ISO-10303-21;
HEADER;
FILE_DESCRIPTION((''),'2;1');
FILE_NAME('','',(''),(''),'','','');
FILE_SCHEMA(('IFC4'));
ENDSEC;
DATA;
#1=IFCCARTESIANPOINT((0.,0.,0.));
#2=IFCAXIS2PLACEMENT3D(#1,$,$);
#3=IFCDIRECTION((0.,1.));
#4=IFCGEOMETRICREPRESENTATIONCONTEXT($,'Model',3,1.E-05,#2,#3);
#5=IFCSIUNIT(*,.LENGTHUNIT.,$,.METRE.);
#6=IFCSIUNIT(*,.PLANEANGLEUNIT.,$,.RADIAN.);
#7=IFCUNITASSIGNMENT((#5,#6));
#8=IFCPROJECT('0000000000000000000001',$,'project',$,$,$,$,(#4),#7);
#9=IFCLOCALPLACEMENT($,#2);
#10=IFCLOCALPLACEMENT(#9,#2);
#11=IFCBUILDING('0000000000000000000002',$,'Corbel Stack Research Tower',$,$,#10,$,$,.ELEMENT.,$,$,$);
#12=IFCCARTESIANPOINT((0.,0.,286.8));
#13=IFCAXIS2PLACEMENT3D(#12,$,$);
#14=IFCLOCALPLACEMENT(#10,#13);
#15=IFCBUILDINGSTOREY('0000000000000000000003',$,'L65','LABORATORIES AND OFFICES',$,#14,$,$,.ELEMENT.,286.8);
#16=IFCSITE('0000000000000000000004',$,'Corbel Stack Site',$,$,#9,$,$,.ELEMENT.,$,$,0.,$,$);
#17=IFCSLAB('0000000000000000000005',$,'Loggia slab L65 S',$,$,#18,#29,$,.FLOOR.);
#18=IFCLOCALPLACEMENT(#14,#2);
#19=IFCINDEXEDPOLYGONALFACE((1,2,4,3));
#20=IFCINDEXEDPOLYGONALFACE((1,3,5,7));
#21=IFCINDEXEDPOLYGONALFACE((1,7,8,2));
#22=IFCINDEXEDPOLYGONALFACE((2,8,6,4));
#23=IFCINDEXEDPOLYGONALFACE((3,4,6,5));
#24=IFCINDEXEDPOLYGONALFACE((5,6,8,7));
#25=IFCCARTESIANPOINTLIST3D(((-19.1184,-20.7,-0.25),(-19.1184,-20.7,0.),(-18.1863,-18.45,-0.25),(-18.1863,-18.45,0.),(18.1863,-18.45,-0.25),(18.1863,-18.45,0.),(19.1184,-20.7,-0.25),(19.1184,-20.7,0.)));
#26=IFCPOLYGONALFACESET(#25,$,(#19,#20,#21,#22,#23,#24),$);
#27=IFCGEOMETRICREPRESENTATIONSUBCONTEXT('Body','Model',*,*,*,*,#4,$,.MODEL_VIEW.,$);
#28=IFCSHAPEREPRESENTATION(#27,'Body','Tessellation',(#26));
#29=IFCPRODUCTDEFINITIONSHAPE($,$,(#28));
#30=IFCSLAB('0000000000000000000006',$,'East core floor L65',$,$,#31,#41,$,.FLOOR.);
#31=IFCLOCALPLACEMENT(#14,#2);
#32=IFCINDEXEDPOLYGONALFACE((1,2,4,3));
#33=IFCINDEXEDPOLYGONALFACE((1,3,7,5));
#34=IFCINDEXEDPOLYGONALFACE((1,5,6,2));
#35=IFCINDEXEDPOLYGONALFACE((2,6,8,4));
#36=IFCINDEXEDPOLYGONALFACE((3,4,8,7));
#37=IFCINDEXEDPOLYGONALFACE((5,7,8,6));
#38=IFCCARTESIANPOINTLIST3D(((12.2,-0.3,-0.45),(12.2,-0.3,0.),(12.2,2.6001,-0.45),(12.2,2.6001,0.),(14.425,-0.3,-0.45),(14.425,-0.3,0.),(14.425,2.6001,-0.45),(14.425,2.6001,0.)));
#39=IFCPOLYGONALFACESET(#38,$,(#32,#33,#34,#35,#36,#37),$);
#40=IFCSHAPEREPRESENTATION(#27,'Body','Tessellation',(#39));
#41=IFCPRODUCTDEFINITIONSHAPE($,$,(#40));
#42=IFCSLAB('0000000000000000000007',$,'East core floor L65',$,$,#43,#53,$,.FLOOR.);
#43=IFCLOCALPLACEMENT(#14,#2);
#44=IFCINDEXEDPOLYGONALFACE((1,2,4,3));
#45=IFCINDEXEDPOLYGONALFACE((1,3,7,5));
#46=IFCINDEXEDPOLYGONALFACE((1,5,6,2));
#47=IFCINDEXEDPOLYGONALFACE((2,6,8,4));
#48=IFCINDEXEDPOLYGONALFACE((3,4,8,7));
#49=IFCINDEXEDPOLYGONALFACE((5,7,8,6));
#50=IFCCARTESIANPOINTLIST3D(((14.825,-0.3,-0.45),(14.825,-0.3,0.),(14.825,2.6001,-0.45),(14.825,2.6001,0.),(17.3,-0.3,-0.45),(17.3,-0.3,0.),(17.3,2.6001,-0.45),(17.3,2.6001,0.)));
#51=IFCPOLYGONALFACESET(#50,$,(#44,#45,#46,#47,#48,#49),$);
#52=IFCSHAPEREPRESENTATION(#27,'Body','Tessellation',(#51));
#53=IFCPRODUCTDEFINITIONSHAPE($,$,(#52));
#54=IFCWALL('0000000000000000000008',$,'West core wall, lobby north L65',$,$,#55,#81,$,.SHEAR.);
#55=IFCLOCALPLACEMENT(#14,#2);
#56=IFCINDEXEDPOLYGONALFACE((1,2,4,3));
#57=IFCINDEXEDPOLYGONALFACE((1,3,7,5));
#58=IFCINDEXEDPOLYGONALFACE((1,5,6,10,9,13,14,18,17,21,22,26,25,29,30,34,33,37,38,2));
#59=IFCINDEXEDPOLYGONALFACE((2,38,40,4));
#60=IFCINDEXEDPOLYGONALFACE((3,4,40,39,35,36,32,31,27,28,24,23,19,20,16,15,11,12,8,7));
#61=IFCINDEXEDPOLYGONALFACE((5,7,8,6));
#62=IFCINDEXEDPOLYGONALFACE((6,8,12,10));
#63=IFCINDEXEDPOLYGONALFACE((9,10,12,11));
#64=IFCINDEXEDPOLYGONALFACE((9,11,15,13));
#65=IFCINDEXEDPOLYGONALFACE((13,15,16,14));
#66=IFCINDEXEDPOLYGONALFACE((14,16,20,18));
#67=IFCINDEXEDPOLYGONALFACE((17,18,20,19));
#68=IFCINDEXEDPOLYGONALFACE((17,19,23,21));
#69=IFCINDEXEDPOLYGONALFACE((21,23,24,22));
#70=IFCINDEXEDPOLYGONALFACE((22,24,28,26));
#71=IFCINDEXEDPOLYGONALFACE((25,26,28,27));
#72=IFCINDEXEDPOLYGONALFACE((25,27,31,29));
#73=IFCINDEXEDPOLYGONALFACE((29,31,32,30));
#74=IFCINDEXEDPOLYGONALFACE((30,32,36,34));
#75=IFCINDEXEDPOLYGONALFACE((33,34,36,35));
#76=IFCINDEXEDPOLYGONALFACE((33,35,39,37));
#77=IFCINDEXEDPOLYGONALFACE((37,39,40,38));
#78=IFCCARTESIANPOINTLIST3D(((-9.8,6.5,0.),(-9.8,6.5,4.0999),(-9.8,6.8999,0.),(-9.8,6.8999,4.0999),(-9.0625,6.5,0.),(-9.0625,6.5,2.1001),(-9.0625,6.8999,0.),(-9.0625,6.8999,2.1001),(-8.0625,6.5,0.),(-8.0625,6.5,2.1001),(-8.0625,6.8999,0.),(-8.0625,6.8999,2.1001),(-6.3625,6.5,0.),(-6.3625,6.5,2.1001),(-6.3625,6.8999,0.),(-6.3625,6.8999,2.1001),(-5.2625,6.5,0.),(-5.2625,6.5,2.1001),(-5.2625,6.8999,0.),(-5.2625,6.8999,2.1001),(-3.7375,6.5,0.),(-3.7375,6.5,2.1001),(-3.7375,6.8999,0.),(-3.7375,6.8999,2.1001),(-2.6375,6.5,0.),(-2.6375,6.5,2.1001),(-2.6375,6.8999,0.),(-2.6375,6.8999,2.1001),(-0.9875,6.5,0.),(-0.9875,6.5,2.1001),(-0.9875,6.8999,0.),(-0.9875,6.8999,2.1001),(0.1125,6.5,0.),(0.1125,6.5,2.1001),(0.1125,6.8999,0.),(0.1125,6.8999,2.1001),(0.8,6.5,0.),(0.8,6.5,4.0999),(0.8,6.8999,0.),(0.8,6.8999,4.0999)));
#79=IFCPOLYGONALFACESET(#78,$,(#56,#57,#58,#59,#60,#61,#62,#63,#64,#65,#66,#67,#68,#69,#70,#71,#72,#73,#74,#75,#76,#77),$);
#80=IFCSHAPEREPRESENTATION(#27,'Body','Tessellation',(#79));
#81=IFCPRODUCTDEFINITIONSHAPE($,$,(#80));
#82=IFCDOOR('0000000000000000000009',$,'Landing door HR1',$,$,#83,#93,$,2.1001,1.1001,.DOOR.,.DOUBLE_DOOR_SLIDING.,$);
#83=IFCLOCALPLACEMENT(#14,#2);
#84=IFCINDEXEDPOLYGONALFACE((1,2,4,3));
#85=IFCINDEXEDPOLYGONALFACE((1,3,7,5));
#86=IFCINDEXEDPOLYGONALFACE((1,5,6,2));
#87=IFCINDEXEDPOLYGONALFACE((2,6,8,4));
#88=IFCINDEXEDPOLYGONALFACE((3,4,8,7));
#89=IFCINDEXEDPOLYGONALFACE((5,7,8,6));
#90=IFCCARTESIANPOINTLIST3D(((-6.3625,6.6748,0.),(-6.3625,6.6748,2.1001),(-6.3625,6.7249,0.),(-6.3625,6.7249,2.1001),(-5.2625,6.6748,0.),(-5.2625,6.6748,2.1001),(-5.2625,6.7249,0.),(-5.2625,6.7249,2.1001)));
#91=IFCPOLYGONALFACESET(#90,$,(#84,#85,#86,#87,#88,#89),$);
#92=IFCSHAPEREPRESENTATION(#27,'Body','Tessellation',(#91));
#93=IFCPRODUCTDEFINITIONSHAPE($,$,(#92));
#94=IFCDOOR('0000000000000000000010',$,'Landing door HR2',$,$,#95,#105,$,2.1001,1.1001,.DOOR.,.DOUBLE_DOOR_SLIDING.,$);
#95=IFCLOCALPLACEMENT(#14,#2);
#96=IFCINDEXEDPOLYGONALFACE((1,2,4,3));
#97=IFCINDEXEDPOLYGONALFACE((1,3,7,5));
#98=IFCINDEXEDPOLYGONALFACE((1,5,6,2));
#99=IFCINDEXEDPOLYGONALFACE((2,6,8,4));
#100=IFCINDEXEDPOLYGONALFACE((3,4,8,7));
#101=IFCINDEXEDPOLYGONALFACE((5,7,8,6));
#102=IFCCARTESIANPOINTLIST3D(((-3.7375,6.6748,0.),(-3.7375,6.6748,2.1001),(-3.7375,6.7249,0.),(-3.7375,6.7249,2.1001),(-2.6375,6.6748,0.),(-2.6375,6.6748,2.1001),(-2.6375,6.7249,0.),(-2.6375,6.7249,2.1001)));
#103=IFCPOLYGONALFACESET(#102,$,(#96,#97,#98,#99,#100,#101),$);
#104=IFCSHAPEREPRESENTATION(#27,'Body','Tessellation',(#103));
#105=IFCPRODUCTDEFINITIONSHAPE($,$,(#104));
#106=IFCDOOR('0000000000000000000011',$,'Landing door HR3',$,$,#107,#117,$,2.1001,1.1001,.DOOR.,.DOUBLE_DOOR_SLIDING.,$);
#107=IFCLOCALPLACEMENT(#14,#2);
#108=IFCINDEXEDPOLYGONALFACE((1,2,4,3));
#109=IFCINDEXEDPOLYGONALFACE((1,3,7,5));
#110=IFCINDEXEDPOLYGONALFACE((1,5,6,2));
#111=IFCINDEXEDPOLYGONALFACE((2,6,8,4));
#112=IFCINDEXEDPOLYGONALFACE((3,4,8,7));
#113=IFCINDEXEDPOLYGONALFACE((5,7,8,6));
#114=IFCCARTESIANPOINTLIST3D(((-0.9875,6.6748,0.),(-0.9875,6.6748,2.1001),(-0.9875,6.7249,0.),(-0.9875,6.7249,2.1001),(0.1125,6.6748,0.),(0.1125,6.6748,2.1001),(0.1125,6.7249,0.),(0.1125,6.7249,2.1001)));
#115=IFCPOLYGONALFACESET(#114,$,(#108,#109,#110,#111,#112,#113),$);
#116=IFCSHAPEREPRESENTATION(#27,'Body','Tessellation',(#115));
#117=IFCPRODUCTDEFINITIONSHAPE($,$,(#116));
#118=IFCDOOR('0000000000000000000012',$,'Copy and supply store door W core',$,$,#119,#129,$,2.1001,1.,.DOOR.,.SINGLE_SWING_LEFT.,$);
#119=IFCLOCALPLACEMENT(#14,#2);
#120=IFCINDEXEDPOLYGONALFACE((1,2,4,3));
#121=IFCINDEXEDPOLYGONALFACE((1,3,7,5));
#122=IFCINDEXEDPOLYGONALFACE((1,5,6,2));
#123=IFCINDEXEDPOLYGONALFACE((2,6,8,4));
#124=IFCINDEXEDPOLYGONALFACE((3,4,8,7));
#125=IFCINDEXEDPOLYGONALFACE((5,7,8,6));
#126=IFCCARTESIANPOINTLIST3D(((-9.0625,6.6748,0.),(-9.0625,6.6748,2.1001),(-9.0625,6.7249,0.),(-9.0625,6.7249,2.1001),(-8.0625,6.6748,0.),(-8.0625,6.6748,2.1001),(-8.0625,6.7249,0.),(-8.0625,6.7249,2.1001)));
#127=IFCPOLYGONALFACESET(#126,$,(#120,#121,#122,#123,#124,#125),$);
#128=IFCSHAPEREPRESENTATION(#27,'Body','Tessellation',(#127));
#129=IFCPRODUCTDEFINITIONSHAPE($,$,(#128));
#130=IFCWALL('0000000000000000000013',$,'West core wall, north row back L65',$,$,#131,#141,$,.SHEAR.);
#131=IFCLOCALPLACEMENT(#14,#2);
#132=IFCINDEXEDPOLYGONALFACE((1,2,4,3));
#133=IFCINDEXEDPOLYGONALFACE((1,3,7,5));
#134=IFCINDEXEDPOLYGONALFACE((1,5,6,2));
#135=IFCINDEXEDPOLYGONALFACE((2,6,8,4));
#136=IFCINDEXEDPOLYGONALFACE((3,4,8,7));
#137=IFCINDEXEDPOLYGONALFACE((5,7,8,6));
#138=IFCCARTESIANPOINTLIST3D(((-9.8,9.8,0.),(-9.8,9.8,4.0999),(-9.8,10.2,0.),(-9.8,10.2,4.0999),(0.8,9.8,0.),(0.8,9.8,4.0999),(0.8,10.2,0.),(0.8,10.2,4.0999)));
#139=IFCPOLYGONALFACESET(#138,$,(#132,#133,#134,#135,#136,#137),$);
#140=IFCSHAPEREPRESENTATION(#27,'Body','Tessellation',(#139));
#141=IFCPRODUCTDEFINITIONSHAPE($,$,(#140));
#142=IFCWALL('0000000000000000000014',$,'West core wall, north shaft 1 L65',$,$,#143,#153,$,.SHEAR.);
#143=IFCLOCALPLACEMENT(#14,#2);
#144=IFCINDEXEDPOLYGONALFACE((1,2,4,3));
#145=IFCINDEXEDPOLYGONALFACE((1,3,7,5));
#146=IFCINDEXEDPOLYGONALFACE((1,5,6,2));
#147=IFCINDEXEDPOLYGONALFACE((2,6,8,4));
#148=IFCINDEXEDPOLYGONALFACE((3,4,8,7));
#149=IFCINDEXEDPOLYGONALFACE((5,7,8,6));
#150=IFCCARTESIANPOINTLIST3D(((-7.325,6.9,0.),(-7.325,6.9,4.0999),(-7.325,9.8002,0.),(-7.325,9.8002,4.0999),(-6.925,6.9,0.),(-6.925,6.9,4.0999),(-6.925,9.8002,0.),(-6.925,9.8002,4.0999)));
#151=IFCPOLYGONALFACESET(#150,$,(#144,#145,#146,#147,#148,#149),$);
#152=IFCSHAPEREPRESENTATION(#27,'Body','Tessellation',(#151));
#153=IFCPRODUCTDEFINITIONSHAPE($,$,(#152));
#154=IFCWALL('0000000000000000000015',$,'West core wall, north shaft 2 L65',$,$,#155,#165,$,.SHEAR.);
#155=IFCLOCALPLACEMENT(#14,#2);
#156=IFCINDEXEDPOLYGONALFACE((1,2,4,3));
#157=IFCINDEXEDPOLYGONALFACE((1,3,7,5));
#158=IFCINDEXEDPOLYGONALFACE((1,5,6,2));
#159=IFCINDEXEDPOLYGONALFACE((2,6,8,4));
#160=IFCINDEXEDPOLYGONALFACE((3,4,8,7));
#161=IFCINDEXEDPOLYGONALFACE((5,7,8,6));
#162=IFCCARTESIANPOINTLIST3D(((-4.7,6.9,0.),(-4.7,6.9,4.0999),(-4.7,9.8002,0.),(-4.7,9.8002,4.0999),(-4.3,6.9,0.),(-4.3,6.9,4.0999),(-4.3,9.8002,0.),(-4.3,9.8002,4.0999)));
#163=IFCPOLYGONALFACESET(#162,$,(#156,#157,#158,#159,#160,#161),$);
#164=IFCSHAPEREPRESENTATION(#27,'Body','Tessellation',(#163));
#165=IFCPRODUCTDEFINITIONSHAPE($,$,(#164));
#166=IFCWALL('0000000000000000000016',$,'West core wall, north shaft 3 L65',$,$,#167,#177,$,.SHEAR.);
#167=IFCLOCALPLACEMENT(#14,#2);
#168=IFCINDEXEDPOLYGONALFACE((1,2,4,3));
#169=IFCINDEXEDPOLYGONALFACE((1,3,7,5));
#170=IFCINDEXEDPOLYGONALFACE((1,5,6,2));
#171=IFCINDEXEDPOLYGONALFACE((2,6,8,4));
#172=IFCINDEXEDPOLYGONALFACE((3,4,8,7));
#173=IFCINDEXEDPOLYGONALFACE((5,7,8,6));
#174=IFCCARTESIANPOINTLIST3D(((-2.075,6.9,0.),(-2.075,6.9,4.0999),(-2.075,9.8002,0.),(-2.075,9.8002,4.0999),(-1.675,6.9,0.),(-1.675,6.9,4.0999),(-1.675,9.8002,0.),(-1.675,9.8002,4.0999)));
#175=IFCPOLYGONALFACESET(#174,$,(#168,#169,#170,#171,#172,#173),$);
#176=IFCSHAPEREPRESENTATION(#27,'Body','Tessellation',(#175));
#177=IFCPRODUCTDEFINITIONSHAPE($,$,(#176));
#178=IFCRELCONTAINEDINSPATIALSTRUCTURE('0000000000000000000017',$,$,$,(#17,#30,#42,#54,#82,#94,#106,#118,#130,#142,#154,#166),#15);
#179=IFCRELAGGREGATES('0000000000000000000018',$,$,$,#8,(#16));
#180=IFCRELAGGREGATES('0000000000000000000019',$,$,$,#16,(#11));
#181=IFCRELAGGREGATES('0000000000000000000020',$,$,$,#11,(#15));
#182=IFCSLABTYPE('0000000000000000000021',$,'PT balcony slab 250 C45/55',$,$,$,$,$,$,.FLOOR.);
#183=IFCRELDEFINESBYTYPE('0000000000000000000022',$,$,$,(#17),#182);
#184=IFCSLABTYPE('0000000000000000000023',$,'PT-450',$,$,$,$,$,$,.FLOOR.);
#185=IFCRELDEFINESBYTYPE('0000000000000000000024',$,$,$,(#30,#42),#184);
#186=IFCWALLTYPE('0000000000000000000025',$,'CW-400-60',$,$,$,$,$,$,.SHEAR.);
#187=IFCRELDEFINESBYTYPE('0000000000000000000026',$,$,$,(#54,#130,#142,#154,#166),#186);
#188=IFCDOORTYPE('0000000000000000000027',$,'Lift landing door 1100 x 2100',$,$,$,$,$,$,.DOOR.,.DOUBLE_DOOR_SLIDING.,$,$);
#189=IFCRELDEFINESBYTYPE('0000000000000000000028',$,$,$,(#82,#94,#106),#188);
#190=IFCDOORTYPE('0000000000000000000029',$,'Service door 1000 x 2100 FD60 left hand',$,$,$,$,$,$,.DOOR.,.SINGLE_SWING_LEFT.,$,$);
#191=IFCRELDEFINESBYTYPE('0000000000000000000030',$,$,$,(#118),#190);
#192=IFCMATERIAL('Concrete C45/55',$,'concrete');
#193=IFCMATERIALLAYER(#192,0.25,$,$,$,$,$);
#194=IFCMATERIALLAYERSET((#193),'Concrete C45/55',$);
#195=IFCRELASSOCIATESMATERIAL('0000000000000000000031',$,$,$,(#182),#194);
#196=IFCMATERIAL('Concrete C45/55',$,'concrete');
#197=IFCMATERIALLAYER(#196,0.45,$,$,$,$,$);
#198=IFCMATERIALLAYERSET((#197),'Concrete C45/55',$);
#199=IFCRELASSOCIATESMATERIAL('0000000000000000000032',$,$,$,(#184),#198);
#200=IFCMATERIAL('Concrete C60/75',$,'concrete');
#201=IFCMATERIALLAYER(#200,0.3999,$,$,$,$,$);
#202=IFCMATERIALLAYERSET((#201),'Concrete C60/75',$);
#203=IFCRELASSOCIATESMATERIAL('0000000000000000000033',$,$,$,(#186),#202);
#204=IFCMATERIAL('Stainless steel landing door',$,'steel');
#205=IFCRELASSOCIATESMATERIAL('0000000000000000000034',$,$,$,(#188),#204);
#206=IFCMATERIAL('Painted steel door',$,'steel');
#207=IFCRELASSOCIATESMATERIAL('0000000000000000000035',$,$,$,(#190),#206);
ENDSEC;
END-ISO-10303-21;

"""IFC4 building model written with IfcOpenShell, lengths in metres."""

from ifc_helpers import new_model, si_unit, direction, frame, frame_2d, origin, place, context, subcontext, project, spatial, polyline, rectangle, outline, extrude, material, layer, layer_set, type_object, element, fill, save


model = new_model("IFC4")

# Units and contexts
model_context = context("Model", 3, precision=1e-05, world=origin(), true_north=direction((0.0, 1.0)))
body_context = subcontext(model_context, "Body", "Model", "MODEL_VIEW")
ifc_project = project(units=[si_unit("LENGTHUNIT", "METRE"), si_unit("PLANEANGLEUNIT", "RADIAN")], contexts=[model_context])

# Site, building, storey
site_placement = place(None, origin())
site = spatial("IfcSite", under=ifc_project, at=site_placement, Name="Corbel Stack Site", CompositionType="ELEMENT", RefElevation=0.0)
building_placement = place(site_placement, origin())
building = spatial("IfcBuilding", under=site, at=building_placement, Name="Corbel Stack Research Tower", CompositionType="ELEMENT")
storey_placement = place(building_placement, frame((0.0, 0.0, 286.8)))
storey = spatial("IfcBuildingStorey", under=building, at=storey_placement, Name="L65", Description="LABORATORIES AND OFFICES", CompositionType="ELEMENT", Elevation=286.8)

# Slabs
ifc_material_1 = material(Name="Concrete C45/55", Category="concrete")
ifc_layer_1 = layer(ifc_material_1, 0.25)
ifc_layer_set_1 = layer_set([ifc_layer_1], Name="Concrete C45/55")
slab_type_1 = type_object("IfcSlabType", Name="PT balcony slab 250 C45/55", PredefinedType="FLOOR", material=ifc_layer_set_1)
slab_1_placement = place(storey_placement, frame((0.0, 0.0, -0.25)))
element("IfcSlab", 1, at=slab_1_placement, inside=storey, type_object=slab_type_1, Name="Loggia slab L65 S", PredefinedType="FLOOR", context=body_context, shape_type="SweptSolid", body=[
    extrude(outline(polyline([(18.1863, -18.45), (-18.1863, -18.45), (-19.1184, -20.7), (19.1184, -20.7), (18.1863, -18.45)])), origin(), (0.0, 0.0, 1.0), 0.25),
])
ifc_material_2 = material(Name="Concrete C45/55", Category="concrete")
ifc_layer_2 = layer(ifc_material_2, 0.45)
ifc_layer_set_2 = layer_set([ifc_layer_2], Name="Concrete C45/55")
slab_type_2 = type_object("IfcSlabType", Name="PT-450", PredefinedType="FLOOR", material=ifc_layer_set_2)
slab_2_placement = place(storey_placement, frame((0.0, 0.0, -0.45)))
element("IfcSlab", 2, at=slab_2_placement, inside=storey, type_object=slab_type_2, Name="East core floor L65", PredefinedType="FLOOR", context=body_context, shape_type="SweptSolid", body=[
    extrude(outline(polyline([(12.2, 2.6001), (12.2, -0.3), (14.425, -0.3), (14.425, 2.6001), (12.2, 2.6001)])), origin(), (0.0, 0.0, 1.0), 0.45),
])
slab_3_placement = place(storey_placement, frame((0.0, 0.0, -0.45)))
element("IfcSlab", 3, at=slab_3_placement, inside=storey, type_object=slab_type_2, Name="East core floor L65", PredefinedType="FLOOR", context=body_context, shape_type="SweptSolid", body=[
    extrude(outline(polyline([(14.825, 2.6001), (14.825, -0.3), (17.3, -0.3), (17.3, 2.6001), (14.825, 2.6001)])), origin(), (0.0, 0.0, 1.0), 0.45),
])

# Wall, openings, doors
ifc_material_3 = material(Name="Concrete C60/75", Category="concrete")
ifc_layer_3 = layer(ifc_material_3, 0.3999)
ifc_layer_set_3 = layer_set([ifc_layer_3], Name="Concrete C60/75")
wall_type_1 = type_object("IfcWallType", Name="CW-400-60", PredefinedType="SHEAR", material=ifc_layer_set_3)
wall_1_placement = place(storey_placement, frame((-9.8, 6.7, 0.0), z_axis=(0.0, 0.0, 1.0), x_axis=(1.0, 0.0, 0.0)))
wall_1 = element("IfcWall", 4, at=wall_1_placement, inside=storey, type_object=wall_type_1, Name="West core wall, lobby north L65", PredefinedType="SHEAR", context=body_context, shape_type="SweptSolid", body=[
    extrude(rectangle(XDim=10.6001, YDim=0.3999, at=frame_2d((5.3, 0.0))), origin(), (0.0, 0.0, 1.0), 4.0999),
])
opening_1_placement = place(wall_1_placement, frame((3.4375, 0.0, 0.0)))
opening_1 = element("IfcOpeningElement", 5, at=opening_1_placement, cuts=wall_1, PredefinedType="OPENING", context=body_context, shape_type="SweptSolid", body=[
    extrude(rectangle(XDim=1.1001, YDim=2.1001, at=frame_2d((0.55, 1.05))), frame((0.0, 0.21, 0.0), z_axis=(0.0, -1.0, 0.0), x_axis=(1.0, 0.0, 0.0)), (0.0, 0.0, 1.0), 0.4199),
])
opening_2_placement = place(wall_1_placement, frame((6.0625, 0.0, 0.0)))
opening_2 = element("IfcOpeningElement", 6, at=opening_2_placement, cuts=wall_1, PredefinedType="OPENING", context=body_context, shape_type="SweptSolid", body=[
    extrude(rectangle(XDim=1.1001, YDim=2.1001, at=frame_2d((0.55, 1.05))), frame((0.0, 0.21, 0.0), z_axis=(0.0, -1.0, 0.0), x_axis=(1.0, 0.0, 0.0)), (0.0, 0.0, 1.0), 0.4199),
])
opening_3_placement = place(wall_1_placement, frame((8.8125, 0.0, 0.0)))
opening_3 = element("IfcOpeningElement", 7, at=opening_3_placement, cuts=wall_1, PredefinedType="OPENING", context=body_context, shape_type="SweptSolid", body=[
    extrude(rectangle(XDim=1.1001, YDim=2.1001, at=frame_2d((0.55, 1.05))), frame((0.0, 0.21, 0.0), z_axis=(0.0, -1.0, 0.0), x_axis=(1.0, 0.0, 0.0)), (0.0, 0.0, 1.0), 0.4199),
])
opening_4_placement = place(wall_1_placement, frame((0.7375, 0.0, 0.0)))
opening_4 = element("IfcOpeningElement", 8, at=opening_4_placement, cuts=wall_1, PredefinedType="OPENING", context=body_context, shape_type="SweptSolid", body=[
    extrude(rectangle(XDim=1.0, YDim=2.1001, at=frame_2d((0.5, 1.05))), frame((0.0, 0.21, 0.0), z_axis=(0.0, -1.0, 0.0), x_axis=(1.0, 0.0, 0.0)), (0.0, 0.0, 1.0), 0.4199),
])
ifc_material_4 = material(Name="Stainless steel landing door", Category="steel")
door_type_1 = type_object("IfcDoorType", Name="Lift landing door 1100 x 2100", OperationType="DOUBLE_DOOR_SLIDING", PredefinedType="DOOR", material=ifc_material_4)
door_1_placement = place(opening_1_placement, origin())
door_1 = element("IfcDoor", 9, at=door_1_placement, inside=storey, type_object=door_type_1, Name="Landing door HR1", OperationType="DOUBLE_DOOR_SLIDING", OverallHeight=2.1001, OverallWidth=1.1001, PredefinedType="DOOR", context=body_context, shape_type="SweptSolid", body=[
    extrude(rectangle(XDim=1.1001, YDim=2.1001, at=frame_2d((0.55, 1.05))), frame((0.0, 0.0249, 0.0), z_axis=(0.0, -1.0, 0.0), x_axis=(1.0, 0.0, 0.0)), (0.0, 0.0, 1.0), 0.05),
])
fill(opening_1, door_1)
door_2_placement = place(opening_2_placement, origin())
door_2 = element("IfcDoor", 10, at=door_2_placement, inside=storey, type_object=door_type_1, Name="Landing door HR2", OperationType="DOUBLE_DOOR_SLIDING", OverallHeight=2.1001, OverallWidth=1.1001, PredefinedType="DOOR", context=body_context, shape_type="SweptSolid", body=[
    extrude(rectangle(XDim=1.1001, YDim=2.1001, at=frame_2d((0.55, 1.05))), frame((0.0, 0.0249, 0.0), z_axis=(0.0, -1.0, 0.0), x_axis=(1.0, 0.0, 0.0)), (0.0, 0.0, 1.0), 0.05),
])
fill(opening_2, door_2)
door_3_placement = place(opening_3_placement, origin())
door_3 = element("IfcDoor", 11, at=door_3_placement, inside=storey, type_object=door_type_1, Name="Landing door HR3", OperationType="DOUBLE_DOOR_SLIDING", OverallHeight=2.1001, OverallWidth=1.1001, PredefinedType="DOOR", context=body_context, shape_type="SweptSolid", body=[
    extrude(rectangle(XDim=1.1001, YDim=2.1001, at=frame_2d((0.55, 1.05))), frame((0.0, 0.0249, 0.0), z_axis=(0.0, -1.0, 0.0), x_axis=(1.0, 0.0, 0.0)), (0.0, 0.0, 1.0), 0.05),
])
fill(opening_3, door_3)
ifc_material_5 = material(Name="Painted steel door", Category="steel")
door_type_2 = type_object("IfcDoorType", Name="Service door 1000 x 2100 FD60 left hand", OperationType="SINGLE_SWING_LEFT", PredefinedType="DOOR", material=ifc_material_5)
door_4_placement = place(opening_4_placement, origin())
door_4 = element("IfcDoor", 12, at=door_4_placement, inside=storey, type_object=door_type_2, Name="Copy and supply store door W core", OperationType="SINGLE_SWING_LEFT", OverallHeight=2.1001, OverallWidth=1.0, PredefinedType="DOOR", context=body_context, shape_type="SweptSolid", body=[
    extrude(rectangle(XDim=1.0, YDim=2.1001, at=frame_2d((0.5, 1.05))), frame((0.0, 0.0249, 0.0), z_axis=(0.0, -1.0, 0.0), x_axis=(1.0, 0.0, 0.0)), (0.0, 0.0, 1.0), 0.05),
])
fill(opening_4, door_4)

# Walls
wall_2_placement = place(storey_placement, frame((-9.8, 10.0, 0.0), z_axis=(0.0, 0.0, 1.0), x_axis=(1.0, 0.0, 0.0)))
element("IfcWall", 13, at=wall_2_placement, inside=storey, type_object=wall_type_1, Name="West core wall, north row back L65", PredefinedType="SHEAR", context=body_context, shape_type="SweptSolid", body=[
    extrude(rectangle(XDim=10.6001, YDim=0.3999, at=frame_2d((5.3, 0.0))), origin(), (0.0, 0.0, 1.0), 4.0999),
])
for number, where, z_axis, x_axis, name in (
    (14, (-7.125, 6.8999, 0.0), (0.0, 0.0, 1.0), (0.0, 1.0, 0.0), "West core wall, north shaft 1 L65"),
    (15, (-4.5, 6.8999, 0.0), (0.0, 0.0, 1.0), (0.0, 1.0, 0.0), "West core wall, north shaft 2 L65"),
    (16, (-1.875, 6.8999, 0.0), (0.0, 0.0, 1.0), (0.0, 1.0, 0.0), "West core wall, north shaft 3 L65"),
):
    element("IfcWall", number, at=place(storey_placement, frame(where, z_axis=z_axis, x_axis=x_axis)), inside=storey, type_object=wall_type_1, Name=name, PredefinedType="SHEAR", context=body_context, shape_type="SweptSolid", body=[
        extrude(rectangle(XDim=2.9001, YDim=0.3999, at=frame_2d((1.4502, 0.0))), origin(), (0.0, 0.0, 1.0), 4.0999),
    ])

save(model, "model.ifc")
